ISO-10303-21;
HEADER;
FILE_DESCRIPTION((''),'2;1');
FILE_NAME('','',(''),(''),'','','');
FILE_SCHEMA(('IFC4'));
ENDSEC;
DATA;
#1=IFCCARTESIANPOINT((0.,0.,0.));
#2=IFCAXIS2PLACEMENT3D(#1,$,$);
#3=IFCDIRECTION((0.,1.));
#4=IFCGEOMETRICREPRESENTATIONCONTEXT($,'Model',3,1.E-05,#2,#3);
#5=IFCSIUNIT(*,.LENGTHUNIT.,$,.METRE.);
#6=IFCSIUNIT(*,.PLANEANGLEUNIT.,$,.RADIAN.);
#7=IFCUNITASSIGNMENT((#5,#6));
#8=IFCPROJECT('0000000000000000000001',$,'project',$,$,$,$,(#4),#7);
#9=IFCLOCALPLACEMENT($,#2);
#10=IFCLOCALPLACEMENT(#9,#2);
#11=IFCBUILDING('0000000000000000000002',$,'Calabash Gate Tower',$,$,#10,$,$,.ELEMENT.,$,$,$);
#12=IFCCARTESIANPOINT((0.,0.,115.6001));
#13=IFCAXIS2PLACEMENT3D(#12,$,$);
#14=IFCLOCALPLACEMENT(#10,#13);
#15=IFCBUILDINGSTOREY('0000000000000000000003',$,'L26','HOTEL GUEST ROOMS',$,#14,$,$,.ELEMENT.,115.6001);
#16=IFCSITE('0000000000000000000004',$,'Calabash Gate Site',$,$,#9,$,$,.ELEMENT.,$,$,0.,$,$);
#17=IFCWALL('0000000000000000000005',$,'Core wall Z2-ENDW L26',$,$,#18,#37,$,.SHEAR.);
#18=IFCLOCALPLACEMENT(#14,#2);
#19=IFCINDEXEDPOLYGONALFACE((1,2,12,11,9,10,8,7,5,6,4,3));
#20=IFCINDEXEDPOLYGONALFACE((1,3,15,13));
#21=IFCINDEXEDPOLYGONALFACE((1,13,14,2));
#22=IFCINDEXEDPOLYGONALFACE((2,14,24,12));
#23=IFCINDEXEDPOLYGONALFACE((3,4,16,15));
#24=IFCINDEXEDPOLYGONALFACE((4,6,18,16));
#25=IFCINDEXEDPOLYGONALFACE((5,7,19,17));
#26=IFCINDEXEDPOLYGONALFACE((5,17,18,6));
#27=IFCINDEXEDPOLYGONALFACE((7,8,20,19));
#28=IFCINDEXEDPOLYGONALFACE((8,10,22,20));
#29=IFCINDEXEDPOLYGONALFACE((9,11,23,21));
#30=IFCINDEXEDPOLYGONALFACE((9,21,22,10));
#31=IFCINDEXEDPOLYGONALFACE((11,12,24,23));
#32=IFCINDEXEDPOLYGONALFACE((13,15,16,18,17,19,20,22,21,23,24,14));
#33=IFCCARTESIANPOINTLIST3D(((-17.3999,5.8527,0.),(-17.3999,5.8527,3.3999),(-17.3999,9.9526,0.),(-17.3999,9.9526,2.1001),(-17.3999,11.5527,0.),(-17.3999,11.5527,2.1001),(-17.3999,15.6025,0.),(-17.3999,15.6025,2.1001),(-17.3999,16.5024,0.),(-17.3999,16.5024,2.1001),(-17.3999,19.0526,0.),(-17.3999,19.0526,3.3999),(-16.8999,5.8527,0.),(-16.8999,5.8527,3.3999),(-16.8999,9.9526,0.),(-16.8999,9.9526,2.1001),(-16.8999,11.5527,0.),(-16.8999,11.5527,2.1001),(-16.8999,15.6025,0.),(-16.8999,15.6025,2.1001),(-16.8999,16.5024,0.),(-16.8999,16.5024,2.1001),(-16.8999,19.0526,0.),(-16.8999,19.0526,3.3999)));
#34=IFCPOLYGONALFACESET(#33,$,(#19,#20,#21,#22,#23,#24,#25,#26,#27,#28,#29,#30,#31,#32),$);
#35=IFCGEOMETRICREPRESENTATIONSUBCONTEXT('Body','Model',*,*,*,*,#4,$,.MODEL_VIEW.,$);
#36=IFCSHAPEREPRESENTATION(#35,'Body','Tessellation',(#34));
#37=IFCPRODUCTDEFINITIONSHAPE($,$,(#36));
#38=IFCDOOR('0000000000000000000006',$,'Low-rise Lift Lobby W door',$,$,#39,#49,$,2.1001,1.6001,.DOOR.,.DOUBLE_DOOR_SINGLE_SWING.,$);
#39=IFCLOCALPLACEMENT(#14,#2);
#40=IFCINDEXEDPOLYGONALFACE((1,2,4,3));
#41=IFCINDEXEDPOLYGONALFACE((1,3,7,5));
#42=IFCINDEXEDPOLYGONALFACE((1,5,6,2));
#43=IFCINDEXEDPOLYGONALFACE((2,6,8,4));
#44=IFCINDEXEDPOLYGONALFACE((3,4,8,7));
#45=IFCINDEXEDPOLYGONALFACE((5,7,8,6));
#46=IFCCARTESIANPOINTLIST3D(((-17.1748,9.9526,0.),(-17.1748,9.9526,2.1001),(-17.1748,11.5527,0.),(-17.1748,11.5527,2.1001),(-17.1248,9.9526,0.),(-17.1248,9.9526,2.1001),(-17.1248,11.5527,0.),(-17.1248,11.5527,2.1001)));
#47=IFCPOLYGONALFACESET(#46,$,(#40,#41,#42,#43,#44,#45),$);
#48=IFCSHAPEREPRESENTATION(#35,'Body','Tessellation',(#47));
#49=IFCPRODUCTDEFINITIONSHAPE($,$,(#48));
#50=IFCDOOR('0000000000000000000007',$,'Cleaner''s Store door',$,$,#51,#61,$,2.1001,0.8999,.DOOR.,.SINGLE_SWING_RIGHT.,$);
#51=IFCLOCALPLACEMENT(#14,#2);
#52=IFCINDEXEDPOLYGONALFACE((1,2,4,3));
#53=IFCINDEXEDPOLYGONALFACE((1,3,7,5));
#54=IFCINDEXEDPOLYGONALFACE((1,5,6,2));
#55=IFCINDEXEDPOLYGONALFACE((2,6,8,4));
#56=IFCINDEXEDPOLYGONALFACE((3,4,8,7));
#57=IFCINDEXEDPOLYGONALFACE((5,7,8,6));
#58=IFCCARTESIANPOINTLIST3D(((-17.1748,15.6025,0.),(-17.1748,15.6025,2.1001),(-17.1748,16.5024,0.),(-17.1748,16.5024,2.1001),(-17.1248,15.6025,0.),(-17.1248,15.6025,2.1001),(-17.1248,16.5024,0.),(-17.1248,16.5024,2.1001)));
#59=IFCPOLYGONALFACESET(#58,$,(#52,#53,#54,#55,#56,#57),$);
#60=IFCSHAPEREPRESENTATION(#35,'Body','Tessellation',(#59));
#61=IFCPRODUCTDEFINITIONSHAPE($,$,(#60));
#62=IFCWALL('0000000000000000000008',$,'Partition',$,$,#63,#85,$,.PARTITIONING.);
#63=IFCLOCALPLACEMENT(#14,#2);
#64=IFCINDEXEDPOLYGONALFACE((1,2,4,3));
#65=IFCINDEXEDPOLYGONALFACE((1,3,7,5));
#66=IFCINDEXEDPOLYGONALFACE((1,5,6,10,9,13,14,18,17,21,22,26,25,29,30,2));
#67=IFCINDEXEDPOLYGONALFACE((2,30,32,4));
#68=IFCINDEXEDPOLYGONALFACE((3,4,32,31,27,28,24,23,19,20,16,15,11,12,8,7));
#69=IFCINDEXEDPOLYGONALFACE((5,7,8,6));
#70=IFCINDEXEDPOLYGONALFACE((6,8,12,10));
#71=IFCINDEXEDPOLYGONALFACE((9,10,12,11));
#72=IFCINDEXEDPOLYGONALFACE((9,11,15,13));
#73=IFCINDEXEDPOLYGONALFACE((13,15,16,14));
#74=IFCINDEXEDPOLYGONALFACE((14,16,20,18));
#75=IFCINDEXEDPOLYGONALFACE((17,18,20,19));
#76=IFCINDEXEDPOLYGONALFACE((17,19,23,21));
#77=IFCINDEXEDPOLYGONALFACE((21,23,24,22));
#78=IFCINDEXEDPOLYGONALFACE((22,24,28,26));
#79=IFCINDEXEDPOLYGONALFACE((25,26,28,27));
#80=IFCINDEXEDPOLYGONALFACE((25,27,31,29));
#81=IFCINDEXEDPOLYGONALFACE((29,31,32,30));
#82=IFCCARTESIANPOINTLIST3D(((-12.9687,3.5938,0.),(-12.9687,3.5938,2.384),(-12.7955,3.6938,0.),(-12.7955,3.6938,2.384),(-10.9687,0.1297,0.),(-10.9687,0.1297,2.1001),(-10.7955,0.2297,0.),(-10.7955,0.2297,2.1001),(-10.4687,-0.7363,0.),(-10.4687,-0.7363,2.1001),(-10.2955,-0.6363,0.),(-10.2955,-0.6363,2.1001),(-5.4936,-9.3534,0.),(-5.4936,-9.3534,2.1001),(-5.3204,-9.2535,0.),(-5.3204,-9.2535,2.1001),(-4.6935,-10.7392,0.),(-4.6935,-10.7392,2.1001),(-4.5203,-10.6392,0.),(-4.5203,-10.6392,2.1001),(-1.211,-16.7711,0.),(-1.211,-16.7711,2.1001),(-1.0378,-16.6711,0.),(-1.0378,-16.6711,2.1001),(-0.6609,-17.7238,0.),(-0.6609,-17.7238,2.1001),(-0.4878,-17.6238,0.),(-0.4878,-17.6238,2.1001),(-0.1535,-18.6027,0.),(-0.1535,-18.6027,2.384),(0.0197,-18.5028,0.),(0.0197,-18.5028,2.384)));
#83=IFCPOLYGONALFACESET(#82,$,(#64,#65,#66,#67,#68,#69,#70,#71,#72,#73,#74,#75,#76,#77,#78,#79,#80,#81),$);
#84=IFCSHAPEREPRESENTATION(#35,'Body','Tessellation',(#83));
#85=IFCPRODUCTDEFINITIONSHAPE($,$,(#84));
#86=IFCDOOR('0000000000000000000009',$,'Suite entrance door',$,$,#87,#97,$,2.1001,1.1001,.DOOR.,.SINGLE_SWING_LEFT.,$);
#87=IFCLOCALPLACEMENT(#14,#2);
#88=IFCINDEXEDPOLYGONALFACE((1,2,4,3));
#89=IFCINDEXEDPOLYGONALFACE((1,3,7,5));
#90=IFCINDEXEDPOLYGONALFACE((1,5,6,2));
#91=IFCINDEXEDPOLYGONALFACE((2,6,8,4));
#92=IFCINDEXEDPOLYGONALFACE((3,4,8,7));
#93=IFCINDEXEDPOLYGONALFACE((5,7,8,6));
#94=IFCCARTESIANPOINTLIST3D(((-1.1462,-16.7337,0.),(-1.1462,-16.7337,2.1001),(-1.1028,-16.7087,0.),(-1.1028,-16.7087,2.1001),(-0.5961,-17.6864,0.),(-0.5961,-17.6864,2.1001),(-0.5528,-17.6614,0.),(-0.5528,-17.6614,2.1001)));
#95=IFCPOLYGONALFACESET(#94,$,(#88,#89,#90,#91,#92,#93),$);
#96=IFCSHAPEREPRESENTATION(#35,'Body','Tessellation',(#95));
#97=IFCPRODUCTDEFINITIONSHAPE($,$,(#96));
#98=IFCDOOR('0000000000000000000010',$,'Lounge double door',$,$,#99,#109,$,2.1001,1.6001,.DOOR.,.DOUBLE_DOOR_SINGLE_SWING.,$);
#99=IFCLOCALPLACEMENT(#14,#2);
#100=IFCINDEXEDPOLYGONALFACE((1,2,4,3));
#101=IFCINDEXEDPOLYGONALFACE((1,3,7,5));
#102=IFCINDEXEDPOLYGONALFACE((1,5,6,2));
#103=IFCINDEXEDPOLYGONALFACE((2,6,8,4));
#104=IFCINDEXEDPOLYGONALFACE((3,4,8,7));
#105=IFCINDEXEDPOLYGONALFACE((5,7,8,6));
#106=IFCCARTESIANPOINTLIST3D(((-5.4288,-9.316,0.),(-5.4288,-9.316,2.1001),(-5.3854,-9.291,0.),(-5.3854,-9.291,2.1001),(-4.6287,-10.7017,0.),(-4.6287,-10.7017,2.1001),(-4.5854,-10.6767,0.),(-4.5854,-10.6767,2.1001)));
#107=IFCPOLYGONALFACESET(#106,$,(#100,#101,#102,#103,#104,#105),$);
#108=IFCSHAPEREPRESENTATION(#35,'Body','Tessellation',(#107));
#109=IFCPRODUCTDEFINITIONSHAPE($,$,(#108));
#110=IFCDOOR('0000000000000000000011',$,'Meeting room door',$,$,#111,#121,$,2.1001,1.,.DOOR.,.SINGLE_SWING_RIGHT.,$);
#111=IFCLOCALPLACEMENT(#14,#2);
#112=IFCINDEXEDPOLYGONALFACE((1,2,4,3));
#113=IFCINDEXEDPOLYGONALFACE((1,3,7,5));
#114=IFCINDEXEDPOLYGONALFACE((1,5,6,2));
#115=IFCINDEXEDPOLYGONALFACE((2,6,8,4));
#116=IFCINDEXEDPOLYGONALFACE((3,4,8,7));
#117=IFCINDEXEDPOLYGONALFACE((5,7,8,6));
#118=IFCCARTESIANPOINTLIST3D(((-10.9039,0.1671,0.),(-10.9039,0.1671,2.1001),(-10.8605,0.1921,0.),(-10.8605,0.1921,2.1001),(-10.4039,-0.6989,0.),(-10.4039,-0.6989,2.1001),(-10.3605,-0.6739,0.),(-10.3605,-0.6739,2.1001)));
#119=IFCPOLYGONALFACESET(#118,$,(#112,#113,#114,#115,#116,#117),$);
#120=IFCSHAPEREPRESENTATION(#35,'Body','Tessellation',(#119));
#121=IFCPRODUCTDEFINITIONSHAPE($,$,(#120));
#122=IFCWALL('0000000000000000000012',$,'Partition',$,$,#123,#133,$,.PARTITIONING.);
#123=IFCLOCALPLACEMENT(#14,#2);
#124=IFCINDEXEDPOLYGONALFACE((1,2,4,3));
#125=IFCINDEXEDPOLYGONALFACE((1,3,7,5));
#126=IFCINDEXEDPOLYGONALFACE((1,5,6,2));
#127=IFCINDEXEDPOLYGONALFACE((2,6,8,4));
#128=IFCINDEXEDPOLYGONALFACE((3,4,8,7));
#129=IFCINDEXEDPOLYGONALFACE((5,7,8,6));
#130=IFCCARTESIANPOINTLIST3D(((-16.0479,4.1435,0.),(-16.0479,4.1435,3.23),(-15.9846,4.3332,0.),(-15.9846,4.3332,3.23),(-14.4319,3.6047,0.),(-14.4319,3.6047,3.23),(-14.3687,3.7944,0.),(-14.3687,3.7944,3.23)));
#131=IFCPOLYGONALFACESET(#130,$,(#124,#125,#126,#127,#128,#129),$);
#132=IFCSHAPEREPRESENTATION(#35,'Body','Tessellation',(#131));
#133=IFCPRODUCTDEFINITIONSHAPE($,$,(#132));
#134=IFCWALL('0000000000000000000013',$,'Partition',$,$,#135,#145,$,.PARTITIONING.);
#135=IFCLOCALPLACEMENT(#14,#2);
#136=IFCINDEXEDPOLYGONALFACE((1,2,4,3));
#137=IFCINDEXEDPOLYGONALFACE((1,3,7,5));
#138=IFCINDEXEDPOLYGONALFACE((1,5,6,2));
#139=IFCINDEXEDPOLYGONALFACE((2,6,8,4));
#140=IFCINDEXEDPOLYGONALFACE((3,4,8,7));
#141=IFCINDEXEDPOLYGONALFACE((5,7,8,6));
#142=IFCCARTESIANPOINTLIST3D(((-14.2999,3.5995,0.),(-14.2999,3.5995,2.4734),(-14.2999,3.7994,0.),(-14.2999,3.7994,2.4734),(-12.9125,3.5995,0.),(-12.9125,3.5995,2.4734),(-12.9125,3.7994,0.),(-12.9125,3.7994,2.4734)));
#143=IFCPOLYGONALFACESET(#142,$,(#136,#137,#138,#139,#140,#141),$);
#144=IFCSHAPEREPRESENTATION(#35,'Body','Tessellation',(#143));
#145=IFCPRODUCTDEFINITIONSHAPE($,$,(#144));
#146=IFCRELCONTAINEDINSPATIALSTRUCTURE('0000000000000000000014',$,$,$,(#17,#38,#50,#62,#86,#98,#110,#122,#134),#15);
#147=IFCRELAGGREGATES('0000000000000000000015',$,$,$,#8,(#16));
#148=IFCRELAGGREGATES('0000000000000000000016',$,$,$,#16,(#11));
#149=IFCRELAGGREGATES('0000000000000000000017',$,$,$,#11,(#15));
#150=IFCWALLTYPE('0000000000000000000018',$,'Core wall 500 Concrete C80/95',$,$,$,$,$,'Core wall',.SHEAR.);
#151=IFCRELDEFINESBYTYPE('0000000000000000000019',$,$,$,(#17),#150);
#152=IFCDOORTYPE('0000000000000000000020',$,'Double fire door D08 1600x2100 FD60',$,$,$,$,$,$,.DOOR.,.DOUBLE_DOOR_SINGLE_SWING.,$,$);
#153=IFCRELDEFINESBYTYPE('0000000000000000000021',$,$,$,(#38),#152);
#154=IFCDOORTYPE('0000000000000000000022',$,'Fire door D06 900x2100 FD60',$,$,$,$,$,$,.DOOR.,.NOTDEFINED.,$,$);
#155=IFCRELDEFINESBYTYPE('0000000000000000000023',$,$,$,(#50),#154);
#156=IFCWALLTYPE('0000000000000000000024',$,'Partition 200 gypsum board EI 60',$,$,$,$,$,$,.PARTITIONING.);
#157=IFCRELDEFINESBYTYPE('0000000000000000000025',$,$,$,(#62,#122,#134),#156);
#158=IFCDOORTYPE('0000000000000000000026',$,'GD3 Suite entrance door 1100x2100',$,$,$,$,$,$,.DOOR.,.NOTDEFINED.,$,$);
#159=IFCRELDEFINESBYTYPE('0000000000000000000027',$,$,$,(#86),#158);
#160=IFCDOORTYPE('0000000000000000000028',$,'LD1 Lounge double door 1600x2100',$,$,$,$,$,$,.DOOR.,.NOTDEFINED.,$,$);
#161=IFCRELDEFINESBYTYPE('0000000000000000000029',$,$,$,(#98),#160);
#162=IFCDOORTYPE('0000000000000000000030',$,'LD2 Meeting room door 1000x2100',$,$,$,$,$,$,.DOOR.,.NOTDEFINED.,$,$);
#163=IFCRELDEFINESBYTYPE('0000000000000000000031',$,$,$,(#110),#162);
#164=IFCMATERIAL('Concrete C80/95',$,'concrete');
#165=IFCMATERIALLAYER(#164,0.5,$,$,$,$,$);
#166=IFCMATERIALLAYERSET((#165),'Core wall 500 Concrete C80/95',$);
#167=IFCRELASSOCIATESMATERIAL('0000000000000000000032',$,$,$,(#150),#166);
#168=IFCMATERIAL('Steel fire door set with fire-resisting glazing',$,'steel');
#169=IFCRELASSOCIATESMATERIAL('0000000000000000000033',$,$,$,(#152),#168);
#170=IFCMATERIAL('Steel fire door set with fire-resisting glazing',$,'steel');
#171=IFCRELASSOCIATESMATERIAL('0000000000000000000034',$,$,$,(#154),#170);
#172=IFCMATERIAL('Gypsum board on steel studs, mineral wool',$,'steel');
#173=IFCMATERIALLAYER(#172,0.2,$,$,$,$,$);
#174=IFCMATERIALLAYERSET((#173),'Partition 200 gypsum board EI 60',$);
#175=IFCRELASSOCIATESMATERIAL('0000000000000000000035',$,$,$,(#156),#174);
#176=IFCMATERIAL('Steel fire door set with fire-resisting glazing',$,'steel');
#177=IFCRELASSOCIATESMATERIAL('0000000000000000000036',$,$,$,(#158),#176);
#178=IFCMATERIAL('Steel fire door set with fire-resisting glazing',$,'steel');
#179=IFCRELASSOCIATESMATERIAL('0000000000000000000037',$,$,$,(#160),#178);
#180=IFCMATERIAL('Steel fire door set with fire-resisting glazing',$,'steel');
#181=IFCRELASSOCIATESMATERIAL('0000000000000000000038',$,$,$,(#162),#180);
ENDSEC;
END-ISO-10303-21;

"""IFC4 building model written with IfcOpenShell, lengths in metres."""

from ifc_helpers import new_model, si_unit, direction, frame, frame_2d, origin, place, context, subcontext, project, spatial, rectangle, extrude, material, layer, layer_set, type_object, element, fill, save


model = new_model("IFC4")

# Units and contexts
model_context = context("Model", 3, precision=1e-05, world=origin(), true_north=direction((0.0, 1.0)))
body_context = subcontext(model_context, "Body", "Model", "MODEL_VIEW")
ifc_project = project(units=[si_unit("LENGTHUNIT", "METRE"), si_unit("PLANEANGLEUNIT", "RADIAN")], contexts=[model_context])

# Site, building, storey
site_placement = place(None, origin())
site = spatial("IfcSite", under=ifc_project, at=site_placement, Name="Calabash Gate Site", CompositionType="ELEMENT", RefElevation=0.0)
building_placement = place(site_placement, origin())
building = spatial("IfcBuilding", under=site, at=building_placement, Name="Calabash Gate Tower", CompositionType="ELEMENT")
storey_placement = place(building_placement, frame((0.0, 0.0, 115.6001)))
storey = spatial("IfcBuildingStorey", under=building, at=storey_placement, Name="L26", Description="HOTEL GUEST ROOMS", CompositionType="ELEMENT", Elevation=115.6001)

# Walls, openings, doors
ifc_material_1 = material(Name="Concrete C80/95", Category="concrete")
ifc_layer_1 = layer(ifc_material_1, 0.5)
ifc_layer_set_1 = layer_set([ifc_layer_1], Name="Core wall 500 Concrete C80/95")
wall_type_1 = type_object("IfcWallType", Name="Core wall 500 Concrete C80/95", ElementType="Core wall", PredefinedType="SHEAR", material=ifc_layer_set_1)
wall_1_placement = place(storey_placement, frame((-17.1499, 5.8525, 0.0), z_axis=(0.0, 0.0, 1.0), x_axis=(0.0, 1.0, 0.0)))
wall_1 = element("IfcWall", 1, at=wall_1_placement, inside=storey, type_object=wall_type_1, Name="Core wall Z2-ENDW L26", PredefinedType="SHEAR", context=body_context, shape_type="SweptSolid", body=[
    extrude(rectangle(XDim=13.2, YDim=0.5, at=frame_2d((6.6001, 0.0))), origin(), (0.0, 0.0, 1.0), 3.3999),
])
opening_1_placement = place(wall_1_placement, frame((4.1001, 0.0, 0.0)))
opening_1 = element("IfcOpeningElement", 2, at=opening_1_placement, cuts=wall_1, PredefinedType="OPENING", context=body_context, shape_type="SweptSolid", body=[
    extrude(rectangle(XDim=1.6001, YDim=2.1001, at=frame_2d((0.8, 1.05))), frame((0.0, 0.26, 0.0), z_axis=(0.0, -1.0, 0.0), x_axis=(1.0, 0.0, 0.0)), (0.0, 0.0, 1.0), 0.52),
])
opening_2_placement = place(wall_1_placement, frame((9.75, 0.0, 0.0)))
opening_2 = element("IfcOpeningElement", 3, at=opening_2_placement, cuts=wall_1, PredefinedType="OPENING", context=body_context, shape_type="SweptSolid", body=[
    extrude(rectangle(XDim=0.8999, YDim=2.1001, at=frame_2d((0.45, 1.05))), frame((0.0, 0.26, 0.0), z_axis=(0.0, -1.0, 0.0), x_axis=(1.0, 0.0, 0.0)), (0.0, 0.0, 1.0), 0.52),
])
ifc_material_2 = material(Name="Steel fire door set with fire-resisting glazing", Category="steel")
door_type_1 = type_object("IfcDoorType", Name="Double fire door D08 1600x2100 FD60", OperationType="DOUBLE_DOOR_SINGLE_SWING", PredefinedType="DOOR", material=ifc_material_2)
door_1_placement = place(opening_1_placement, origin())
door_1 = element("IfcDoor", 4, at=door_1_placement, inside=storey, type_object=door_type_1, Name="Low-rise Lift Lobby W door", OperationType="DOUBLE_DOOR_SINGLE_SWING", OverallHeight=2.1001, OverallWidth=1.6001, PredefinedType="DOOR", context=body_context, shape_type="SweptSolid", body=[
    extrude(rectangle(XDim=1.6001, YDim=2.1001, at=frame_2d((0.8, 1.05))), frame((0.0, 0.0249, 0.0), z_axis=(0.0, -1.0, 0.0), x_axis=(1.0, 0.0, 0.0)), (0.0, 0.0, 1.0), 0.05),
])
fill(opening_1, door_1)
ifc_material_3 = material(Name="Steel fire door set with fire-resisting glazing", Category="steel")
door_type_2 = type_object("IfcDoorType", Name="Fire door D06 900x2100 FD60", OperationType="NOTDEFINED", PredefinedType="DOOR", material=ifc_material_3)
door_2_placement = place(opening_2_placement, origin())
door_2 = element("IfcDoor", 5, at=door_2_placement, inside=storey, type_object=door_type_2, Name="Cleaner's Store door", OperationType="SINGLE_SWING_RIGHT", OverallHeight=2.1001, OverallWidth=0.8999, PredefinedType="DOOR", context=body_context, shape_type="SweptSolid", body=[
    extrude(rectangle(XDim=0.8999, YDim=2.1001, at=frame_2d((0.45, 1.05))), frame((0.0, 0.0249, 0.0), z_axis=(0.0, -1.0, 0.0), x_axis=(1.0, 0.0, 0.0)), (0.0, 0.0, 1.0), 0.05),
])
fill(opening_2, door_2)
ifc_material_4 = material(Name="Gypsum board on steel studs, mineral wool", Category="steel")
ifc_layer_2 = layer(ifc_material_4, 0.2)
ifc_layer_set_2 = layer_set([ifc_layer_2], Name="Partition 200 gypsum board EI 60")
wall_type_2 = type_object("IfcWallType", Name="Partition 200 gypsum board EI 60", PredefinedType="PARTITIONING", material=ifc_layer_set_2)
wall_2_placement = place(storey_placement, frame((-12.8821, 3.6438, 0.0), z_axis=(0.0, 0.0, 1.0), x_axis=(0.5, -0.866025, 0.0)))
wall_2 = element("IfcWall", 6, at=wall_2_placement, inside=storey, type_object=wall_type_2, Name="Partition", PredefinedType="PARTITIONING", context=body_context, shape_type="SweptSolid", body=[
    extrude(rectangle(XDim=25.6304, YDim=0.2, at=frame_2d((12.8152, 0.0))), origin(), (0.0, 0.0, 1.0), 2.384),
])
opening_3_placement = place(wall_2_placement, frame((4.0, 0.0, 0.0)))
opening_3 = element("IfcOpeningElement", 7, at=opening_3_placement, cuts=wall_2, PredefinedType="OPENING", context=body_context, shape_type="SweptSolid", body=[
    extrude(rectangle(XDim=1.0, YDim=2.1001, at=frame_2d((0.5, 1.05))), frame((0.0, 0.1099, 0.0), z_axis=(0.0, -1.0, 0.0), x_axis=(1.0, 0.0, 0.0)), (0.0, 0.0, 1.0), 0.22),
])
opening_4_placement = place(wall_2_placement, frame((14.9502, 0.0, 0.0)))
opening_4 = element("IfcOpeningElement", 8, at=opening_4_placement, cuts=wall_2, PredefinedType="OPENING", context=body_context, shape_type="SweptSolid", body=[
    extrude(rectangle(XDim=1.6001, YDim=2.1001, at=frame_2d((0.8, 1.05))), frame((0.0, 0.1099, 0.0), z_axis=(0.0, -1.0, 0.0), x_axis=(1.0, 0.0, 0.0)), (0.0, 0.0, 1.0), 0.22),
])
opening_5_placement = place(wall_2_placement, frame((23.5154, 0.0, 0.0)))
opening_5 = element("IfcOpeningElement", 9, at=opening_5_placement, cuts=wall_2, PredefinedType="OPENING", context=body_context, shape_type="SweptSolid", body=[
    extrude(rectangle(XDim=1.1001, YDim=2.1001, at=frame_2d((0.55, 1.05))), frame((0.0, 0.1099, 0.0), z_axis=(0.0, -1.0, 0.0), x_axis=(1.0, 0.0, 0.0)), (0.0, 0.0, 1.0), 0.22),
])
ifc_material_5 = material(Name="Steel fire door set with fire-resisting glazing", Category="steel")
door_type_3 = type_object("IfcDoorType", Name="GD3 Suite entrance door 1100x2100", OperationType="NOTDEFINED", PredefinedType="DOOR", material=ifc_material_5)
door_3_placement = place(opening_5_placement, origin())
door_3 = element("IfcDoor", 10, at=door_3_placement, inside=storey, type_object=door_type_3, Name="Suite entrance door", OperationType="SINGLE_SWING_LEFT", OverallHeight=2.1001, OverallWidth=1.1001, PredefinedType="DOOR", context=body_context, shape_type="SweptSolid", body=[
    extrude(rectangle(XDim=1.1001, YDim=2.1001, at=frame_2d((0.55, 1.05))), frame((0.0, 0.0249, 0.0), z_axis=(0.0, -1.0, 0.0), x_axis=(1.0, 0.0, 0.0)), (0.0, 0.0, 1.0), 0.05),
])
fill(opening_5, door_3)
ifc_material_6 = material(Name="Steel fire door set with fire-resisting glazing", Category="steel")
door_type_4 = type_object("IfcDoorType", Name="LD1 Lounge double door 1600x2100", OperationType="NOTDEFINED", PredefinedType="DOOR", material=ifc_material_6)
door_4_placement = place(opening_4_placement, origin())
door_4 = element("IfcDoor", 11, at=door_4_placement, inside=storey, type_object=door_type_4, Name="Lounge double door", OperationType="DOUBLE_DOOR_SINGLE_SWING", OverallHeight=2.1001, OverallWidth=1.6001, PredefinedType="DOOR", context=body_context, shape_type="SweptSolid", body=[
    extrude(rectangle(XDim=1.6001, YDim=2.1001, at=frame_2d((0.8, 1.05))), frame((0.0, 0.0249, 0.0), z_axis=(0.0, -1.0, 0.0), x_axis=(1.0, 0.0, 0.0)), (0.0, 0.0, 1.0), 0.05),
])
fill(opening_4, door_4)
ifc_material_7 = material(Name="Steel fire door set with fire-resisting glazing", Category="steel")
door_type_5 = type_object("IfcDoorType", Name="LD2 Meeting room door 1000x2100", OperationType="NOTDEFINED", PredefinedType="DOOR", material=ifc_material_7)
door_5_placement = place(opening_3_placement, origin())
door_5 = element("IfcDoor", 12, at=door_5_placement, inside=storey, type_object=door_type_5, Name="Meeting room door", OperationType="SINGLE_SWING_RIGHT", OverallHeight=2.1001, OverallWidth=1.0, PredefinedType="DOOR", context=body_context, shape_type="SweptSolid", body=[
    extrude(rectangle(XDim=1.0, YDim=2.1001, at=frame_2d((0.5, 1.05))), frame((0.0, 0.0249, 0.0), z_axis=(0.0, -1.0, 0.0), x_axis=(1.0, 0.0, 0.0)), (0.0, 0.0, 1.0), 0.05),
])
fill(opening_3, door_5)

# Walls
wall_3_placement = place(storey_placement, frame((-16.0161, 4.2383, 0.0), z_axis=(0.0, 0.0, 1.0), x_axis=(0.948655, -0.316314, 0.0)))
element("IfcWall", 13, at=wall_3_placement, inside=storey, type_object=wall_type_2, Name="Partition", PredefinedType="PARTITIONING", context=body_context, shape_type="SweptSolid", body=[
    extrude(rectangle(XDim=1.7034, YDim=0.2, at=frame_2d((0.8516, 0.0))), origin(), (0.0, 0.0, 1.0), 3.23),
])
wall_4_placement = place(storey_placement, frame((-14.3, 3.6995, 0.0), z_axis=(0.0, 0.0, 1.0), x_axis=(1.0, 0.0, 0.0)))
element("IfcWall", 14, at=wall_4_placement, inside=storey, type_object=wall_type_2, Name="Partition", PredefinedType="PARTITIONING", context=body_context, shape_type="SweptSolid", body=[
    extrude(rectangle(XDim=1.3875, YDim=0.2, at=frame_2d((0.6938, 0.0))), origin(), (0.0, 0.0, 1.0), 2.4734),
])

save(model, "model.ifc")
